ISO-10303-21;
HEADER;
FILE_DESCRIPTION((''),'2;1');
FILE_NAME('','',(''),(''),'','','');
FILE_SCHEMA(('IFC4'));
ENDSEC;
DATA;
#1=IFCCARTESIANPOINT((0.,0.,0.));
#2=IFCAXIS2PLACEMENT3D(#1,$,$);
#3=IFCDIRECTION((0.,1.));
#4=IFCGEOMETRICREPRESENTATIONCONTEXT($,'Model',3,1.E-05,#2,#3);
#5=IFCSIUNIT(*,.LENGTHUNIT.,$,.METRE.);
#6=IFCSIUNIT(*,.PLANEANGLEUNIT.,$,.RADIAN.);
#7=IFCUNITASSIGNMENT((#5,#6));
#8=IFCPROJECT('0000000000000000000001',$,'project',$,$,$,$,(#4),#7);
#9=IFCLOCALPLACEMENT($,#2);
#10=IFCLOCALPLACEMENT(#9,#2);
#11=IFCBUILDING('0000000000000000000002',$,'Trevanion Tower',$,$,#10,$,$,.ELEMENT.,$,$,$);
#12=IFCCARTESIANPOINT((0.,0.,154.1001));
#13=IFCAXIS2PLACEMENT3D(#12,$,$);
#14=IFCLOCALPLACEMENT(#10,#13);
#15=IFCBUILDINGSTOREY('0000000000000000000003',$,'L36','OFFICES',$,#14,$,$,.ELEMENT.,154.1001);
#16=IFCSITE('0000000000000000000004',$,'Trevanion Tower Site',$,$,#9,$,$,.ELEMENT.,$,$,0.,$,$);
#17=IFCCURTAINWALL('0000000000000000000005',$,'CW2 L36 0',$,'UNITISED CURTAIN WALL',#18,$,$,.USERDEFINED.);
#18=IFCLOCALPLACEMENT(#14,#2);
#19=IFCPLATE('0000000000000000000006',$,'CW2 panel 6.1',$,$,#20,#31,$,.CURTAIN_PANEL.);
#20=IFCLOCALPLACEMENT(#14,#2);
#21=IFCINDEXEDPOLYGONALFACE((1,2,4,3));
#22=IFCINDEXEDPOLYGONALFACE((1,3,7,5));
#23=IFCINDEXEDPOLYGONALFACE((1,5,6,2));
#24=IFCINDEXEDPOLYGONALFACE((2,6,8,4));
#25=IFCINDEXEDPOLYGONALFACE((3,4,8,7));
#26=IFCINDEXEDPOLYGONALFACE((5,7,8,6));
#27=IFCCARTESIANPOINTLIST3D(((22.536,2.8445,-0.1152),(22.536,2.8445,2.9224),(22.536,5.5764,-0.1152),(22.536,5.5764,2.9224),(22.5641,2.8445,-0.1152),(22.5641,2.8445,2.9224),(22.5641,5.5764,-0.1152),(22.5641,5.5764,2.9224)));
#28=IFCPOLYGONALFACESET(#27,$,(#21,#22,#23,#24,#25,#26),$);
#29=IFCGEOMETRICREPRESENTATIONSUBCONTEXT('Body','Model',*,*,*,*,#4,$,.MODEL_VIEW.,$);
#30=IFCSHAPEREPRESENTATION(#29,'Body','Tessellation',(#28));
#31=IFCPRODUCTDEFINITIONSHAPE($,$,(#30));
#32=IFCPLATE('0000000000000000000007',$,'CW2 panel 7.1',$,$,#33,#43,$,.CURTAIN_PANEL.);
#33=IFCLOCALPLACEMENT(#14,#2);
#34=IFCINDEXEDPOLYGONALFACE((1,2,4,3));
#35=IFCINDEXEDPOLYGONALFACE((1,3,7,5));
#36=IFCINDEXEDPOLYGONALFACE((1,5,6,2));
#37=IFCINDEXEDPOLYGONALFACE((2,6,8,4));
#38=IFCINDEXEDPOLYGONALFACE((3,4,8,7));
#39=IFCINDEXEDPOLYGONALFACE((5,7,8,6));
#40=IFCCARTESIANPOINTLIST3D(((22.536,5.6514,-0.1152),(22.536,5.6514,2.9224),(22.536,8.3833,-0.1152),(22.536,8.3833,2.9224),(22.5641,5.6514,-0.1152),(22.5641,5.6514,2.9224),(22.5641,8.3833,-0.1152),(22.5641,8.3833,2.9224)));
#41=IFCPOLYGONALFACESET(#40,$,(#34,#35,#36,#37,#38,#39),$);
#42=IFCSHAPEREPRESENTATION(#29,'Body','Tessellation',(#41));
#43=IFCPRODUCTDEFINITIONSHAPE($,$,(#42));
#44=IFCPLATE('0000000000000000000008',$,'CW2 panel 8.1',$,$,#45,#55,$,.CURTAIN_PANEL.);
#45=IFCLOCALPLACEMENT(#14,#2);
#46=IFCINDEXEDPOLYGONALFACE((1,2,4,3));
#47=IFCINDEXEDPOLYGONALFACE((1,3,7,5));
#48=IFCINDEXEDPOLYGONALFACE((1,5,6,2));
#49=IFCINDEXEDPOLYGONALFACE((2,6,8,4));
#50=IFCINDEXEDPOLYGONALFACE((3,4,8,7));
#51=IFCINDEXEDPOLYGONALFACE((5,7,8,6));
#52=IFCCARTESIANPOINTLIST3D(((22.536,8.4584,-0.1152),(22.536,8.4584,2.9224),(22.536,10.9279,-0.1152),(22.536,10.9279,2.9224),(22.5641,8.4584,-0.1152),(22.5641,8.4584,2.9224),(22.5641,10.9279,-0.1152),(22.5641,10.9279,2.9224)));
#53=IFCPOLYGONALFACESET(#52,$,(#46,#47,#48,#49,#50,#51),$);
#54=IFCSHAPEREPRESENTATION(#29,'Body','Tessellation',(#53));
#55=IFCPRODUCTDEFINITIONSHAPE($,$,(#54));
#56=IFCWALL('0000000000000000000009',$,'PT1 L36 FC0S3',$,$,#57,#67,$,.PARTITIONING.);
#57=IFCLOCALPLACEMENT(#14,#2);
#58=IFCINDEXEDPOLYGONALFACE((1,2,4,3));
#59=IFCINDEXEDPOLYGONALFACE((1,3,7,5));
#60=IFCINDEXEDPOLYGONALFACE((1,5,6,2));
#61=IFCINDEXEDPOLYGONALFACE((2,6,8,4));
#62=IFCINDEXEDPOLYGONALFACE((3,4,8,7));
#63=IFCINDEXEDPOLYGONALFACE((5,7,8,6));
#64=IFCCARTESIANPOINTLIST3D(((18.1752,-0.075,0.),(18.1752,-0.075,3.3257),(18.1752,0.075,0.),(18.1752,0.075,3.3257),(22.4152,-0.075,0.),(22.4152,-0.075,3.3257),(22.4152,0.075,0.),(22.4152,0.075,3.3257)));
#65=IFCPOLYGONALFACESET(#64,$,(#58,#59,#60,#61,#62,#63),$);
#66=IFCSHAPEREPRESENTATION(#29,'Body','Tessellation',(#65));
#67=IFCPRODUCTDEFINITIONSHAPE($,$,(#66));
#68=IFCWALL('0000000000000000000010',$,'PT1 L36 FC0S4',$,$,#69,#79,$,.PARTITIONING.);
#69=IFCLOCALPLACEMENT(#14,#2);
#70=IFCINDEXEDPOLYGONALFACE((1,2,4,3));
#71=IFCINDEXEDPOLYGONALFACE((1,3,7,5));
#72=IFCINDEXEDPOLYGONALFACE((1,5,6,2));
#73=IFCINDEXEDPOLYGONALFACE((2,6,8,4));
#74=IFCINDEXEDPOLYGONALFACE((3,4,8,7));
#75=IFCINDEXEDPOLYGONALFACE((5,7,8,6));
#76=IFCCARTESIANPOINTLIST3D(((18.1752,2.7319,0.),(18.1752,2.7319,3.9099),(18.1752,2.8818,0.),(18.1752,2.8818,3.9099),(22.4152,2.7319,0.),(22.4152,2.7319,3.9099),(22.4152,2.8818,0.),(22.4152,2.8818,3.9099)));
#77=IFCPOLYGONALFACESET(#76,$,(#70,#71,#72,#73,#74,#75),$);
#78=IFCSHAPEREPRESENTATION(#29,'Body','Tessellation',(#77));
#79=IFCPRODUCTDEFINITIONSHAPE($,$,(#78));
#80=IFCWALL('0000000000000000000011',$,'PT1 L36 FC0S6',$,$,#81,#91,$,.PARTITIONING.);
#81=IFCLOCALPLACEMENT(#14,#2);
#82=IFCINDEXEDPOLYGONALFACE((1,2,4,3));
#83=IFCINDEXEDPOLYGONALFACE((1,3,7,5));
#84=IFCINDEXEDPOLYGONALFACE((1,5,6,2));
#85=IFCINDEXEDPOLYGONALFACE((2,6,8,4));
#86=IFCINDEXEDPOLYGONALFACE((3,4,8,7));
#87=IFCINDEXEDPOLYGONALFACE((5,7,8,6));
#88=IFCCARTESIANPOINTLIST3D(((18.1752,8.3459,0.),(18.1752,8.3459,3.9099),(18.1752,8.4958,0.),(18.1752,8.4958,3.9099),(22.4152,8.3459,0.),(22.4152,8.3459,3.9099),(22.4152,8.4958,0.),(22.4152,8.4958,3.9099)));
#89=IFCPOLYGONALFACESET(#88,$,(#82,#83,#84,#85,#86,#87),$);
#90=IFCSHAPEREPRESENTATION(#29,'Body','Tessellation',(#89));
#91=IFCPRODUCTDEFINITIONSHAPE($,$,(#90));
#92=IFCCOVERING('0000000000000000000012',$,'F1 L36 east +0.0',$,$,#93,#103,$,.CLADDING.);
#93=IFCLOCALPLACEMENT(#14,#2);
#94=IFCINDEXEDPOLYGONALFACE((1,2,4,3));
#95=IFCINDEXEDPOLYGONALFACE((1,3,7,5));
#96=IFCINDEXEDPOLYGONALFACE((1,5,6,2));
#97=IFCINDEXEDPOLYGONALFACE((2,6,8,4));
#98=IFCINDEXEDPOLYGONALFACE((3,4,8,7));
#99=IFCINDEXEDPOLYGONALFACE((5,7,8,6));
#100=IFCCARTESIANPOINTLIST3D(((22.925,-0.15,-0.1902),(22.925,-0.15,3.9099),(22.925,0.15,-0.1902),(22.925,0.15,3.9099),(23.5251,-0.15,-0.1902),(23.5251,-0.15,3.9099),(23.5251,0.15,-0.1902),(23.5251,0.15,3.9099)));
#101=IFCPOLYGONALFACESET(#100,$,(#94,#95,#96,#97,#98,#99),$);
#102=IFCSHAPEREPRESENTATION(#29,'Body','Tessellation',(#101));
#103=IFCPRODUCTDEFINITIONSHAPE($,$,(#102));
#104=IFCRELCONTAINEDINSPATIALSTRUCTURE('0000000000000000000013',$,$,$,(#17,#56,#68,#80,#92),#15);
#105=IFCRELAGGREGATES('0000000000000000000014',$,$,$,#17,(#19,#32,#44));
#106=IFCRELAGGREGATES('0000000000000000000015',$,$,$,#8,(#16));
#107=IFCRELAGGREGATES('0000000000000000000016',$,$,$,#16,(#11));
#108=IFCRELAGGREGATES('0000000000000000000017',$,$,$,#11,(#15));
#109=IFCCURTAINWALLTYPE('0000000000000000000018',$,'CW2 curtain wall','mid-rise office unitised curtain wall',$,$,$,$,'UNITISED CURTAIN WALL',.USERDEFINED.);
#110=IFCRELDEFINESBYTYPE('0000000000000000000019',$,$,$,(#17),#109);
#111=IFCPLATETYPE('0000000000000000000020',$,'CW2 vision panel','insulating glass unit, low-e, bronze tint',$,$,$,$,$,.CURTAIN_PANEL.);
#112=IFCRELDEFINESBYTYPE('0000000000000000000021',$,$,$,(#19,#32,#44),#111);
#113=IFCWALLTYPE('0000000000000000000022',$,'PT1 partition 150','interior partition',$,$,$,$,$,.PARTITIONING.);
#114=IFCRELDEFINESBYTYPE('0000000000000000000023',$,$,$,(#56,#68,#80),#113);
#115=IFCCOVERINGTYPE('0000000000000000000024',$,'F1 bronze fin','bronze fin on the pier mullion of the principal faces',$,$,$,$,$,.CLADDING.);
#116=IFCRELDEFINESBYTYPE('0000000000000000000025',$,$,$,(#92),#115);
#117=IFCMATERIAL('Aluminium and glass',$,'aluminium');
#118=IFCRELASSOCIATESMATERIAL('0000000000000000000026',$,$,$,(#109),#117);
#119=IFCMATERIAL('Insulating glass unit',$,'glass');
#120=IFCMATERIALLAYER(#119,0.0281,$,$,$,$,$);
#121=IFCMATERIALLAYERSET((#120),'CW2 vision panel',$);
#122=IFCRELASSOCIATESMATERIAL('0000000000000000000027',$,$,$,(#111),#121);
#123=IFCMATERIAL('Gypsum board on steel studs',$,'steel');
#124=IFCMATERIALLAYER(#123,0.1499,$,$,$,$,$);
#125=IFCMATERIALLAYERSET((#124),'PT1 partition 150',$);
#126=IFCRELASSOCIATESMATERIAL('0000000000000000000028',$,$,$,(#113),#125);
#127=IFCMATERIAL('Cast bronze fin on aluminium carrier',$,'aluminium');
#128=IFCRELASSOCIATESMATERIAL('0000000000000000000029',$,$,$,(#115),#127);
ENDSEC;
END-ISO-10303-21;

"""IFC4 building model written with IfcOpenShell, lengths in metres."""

from ifc_helpers import new_model, si_unit, direction, frame, frame_2d, origin, origin_2d, place, context, subcontext, project, spatial, rectangle, extrude, material, layer, layer_set, type_object, element, aggregate, save


model = new_model("IFC4")

# Units and contexts
model_context = context("Model", 3, precision=1e-05, world=origin(), true_north=direction((0.0, 1.0)))
body_context = subcontext(model_context, "Body", "Model", "MODEL_VIEW")
ifc_project = project(units=[si_unit("LENGTHUNIT", "METRE"), si_unit("PLANEANGLEUNIT", "RADIAN")], contexts=[model_context])

# Site, building, storey
site_placement = place(None, origin())
site = spatial("IfcSite", under=ifc_project, at=site_placement, Name="Trevanion Tower Site", CompositionType="ELEMENT", RefElevation=0.0)
building_placement = place(site_placement, origin())
building = spatial("IfcBuilding", under=site, at=building_placement, Name="Trevanion Tower", CompositionType="ELEMENT")
storey_placement = place(building_placement, frame((0.0, 0.0, 154.1001)))
storey = spatial("IfcBuildingStorey", under=building, at=storey_placement, Name="L36", Description="OFFICES", CompositionType="ELEMENT", Elevation=154.1001)

# Curtain wall
ifc_material_1 = material(Name="Aluminium and glass", Category="aluminium")
curtain_wall_type = type_object("IfcCurtainWallType", Name="CW2 curtain wall", Description="mid-rise office unitised curtain wall", ElementType="UNITISED CURTAIN WALL", PredefinedType="USERDEFINED", material=ifc_material_1)
curtain_wall_placement = place(storey_placement, origin())
curtain_wall = element("IfcCurtainWall", 1, at=curtain_wall_placement, inside=storey, type_object=curtain_wall_type, Name="CW2 L36 0", ObjectType="UNITISED CURTAIN WALL", PredefinedType="USERDEFINED")

# Plates
ifc_material_2 = material(Name="Insulating glass unit", Category="glass")
ifc_layer_1 = layer(ifc_material_2, 0.0281)
ifc_layer_set_1 = layer_set([ifc_layer_1], Name="CW2 vision panel")
plate_type_1 = type_object("IfcPlateType", Name="CW2 vision panel", Description="insulating glass unit, low-e, bronze tint", PredefinedType="CURTAIN_PANEL", material=ifc_layer_set_1)
plate_1_placement = place(storey_placement, frame((22.55, 4.2104, -0.1152), z_axis=(0.0, 0.0, 1.0), x_axis=(0.0, 1.0, 0.0)))
plate_1 = element("IfcPlate", 2, at=plate_1_placement, type_object=plate_type_1, Name="CW2 panel 6.1", PredefinedType="CURTAIN_PANEL", context=body_context, shape_type="SweptSolid", body=[
    extrude(rectangle(XDim=2.7319, YDim=0.0281, at=origin_2d()), origin(), (0.0, 0.0, 1.0), 3.0376),
])
plate_2_placement = place(storey_placement, frame((22.55, 7.0173, -0.1152), z_axis=(0.0, 0.0, 1.0), x_axis=(0.0, 1.0, 0.0)))
plate_2 = element("IfcPlate", 3, at=plate_2_placement, type_object=plate_type_1, Name="CW2 panel 7.1", PredefinedType="CURTAIN_PANEL", context=body_context, shape_type="SweptSolid", body=[
    extrude(rectangle(XDim=2.7319, YDim=0.0281, at=origin_2d()), origin(), (0.0, 0.0, 1.0), 3.0376),
])
plate_3_placement = place(storey_placement, frame((22.55, 9.6931, -0.1152), z_axis=(0.0, 0.0, 1.0), x_axis=(0.0, 1.0, 0.0)))
plate_3 = element("IfcPlate", 4, at=plate_3_placement, type_object=plate_type_1, Name="CW2 panel 8.1", PredefinedType="CURTAIN_PANEL", context=body_context, shape_type="SweptSolid", body=[
    extrude(rectangle(XDim=2.4695, YDim=0.0281, at=origin_2d()), origin(), (0.0, 0.0, 1.0), 3.0376),
])
aggregate(curtain_wall, [plate_1, plate_2, plate_3])

# Walls
ifc_material_3 = material(Name="Gypsum board on steel studs", Category="steel")
ifc_layer_2 = layer(ifc_material_3, 0.1499)
ifc_layer_set_2 = layer_set([ifc_layer_2], Name="PT1 partition 150")
wall_type = type_object("IfcWallType", Name="PT1 partition 150", Description="interior partition", PredefinedType="PARTITIONING", material=ifc_layer_set_2)
wall_placement = place(storey_placement, frame((18.175, 0.0, 0.0), z_axis=(0.0, 0.0, 1.0), x_axis=(1.0, 0.0, 0.0)))
element("IfcWall", 5, at=wall_placement, inside=storey, type_object=wall_type, Name="PT1 L36 FC0S3", PredefinedType="PARTITIONING", context=body_context, shape_type="SweptSolid", body=[
    extrude(rectangle(XDim=4.24, YDim=0.1499, at=frame_2d((2.1201, 0.0))), origin(), (0.0, 0.0, 1.0), 3.3257),
])
for number, where, z_axis, x_axis, name in (
    (6, (18.175, 2.8069, 0.0), (0.0, 0.0, 1.0), (1.0, 0.0, 0.0), "PT1 L36 FC0S4"),
    (7, (18.175, 8.4209, 0.0), (0.0, 0.0, 1.0), (1.0, 0.0, 0.0), "PT1 L36 FC0S6"),
):
    element("IfcWall", number, at=place(storey_placement, frame(where, z_axis=z_axis, x_axis=x_axis)), inside=storey, type_object=wall_type, Name=name, PredefinedType="PARTITIONING", context=body_context, shape_type="SweptSolid", body=[
        extrude(rectangle(XDim=4.24, YDim=0.1499, at=frame_2d((2.1201, 0.0))), origin(), (0.0, 0.0, 1.0), 3.9099),
    ])

# Covering
ifc_material_4 = material(Name="Cast bronze fin on aluminium carrier", Category="aluminium")
covering_type = type_object("IfcCoveringType", Name="F1 bronze fin", Description="bronze fin on the pier mullion of the principal faces", PredefinedType="CLADDING", material=ifc_material_4)
covering_placement = place(storey_placement, frame((23.2251, 0.0, -0.1902), z_axis=(0.0, 0.0, 1.0), x_axis=(0.0, 1.0, 0.0)))
element("IfcCovering", 8, at=covering_placement, inside=storey, type_object=covering_type, Name="F1 L36 east +0.0", PredefinedType="CLADDING", context=body_context, shape_type="SweptSolid", body=[
    extrude(rectangle(XDim=0.3, YDim=0.6001, at=origin_2d()), origin(), (0.0, 0.0, 1.0), 4.1001),
])

save(model, "model.ifc")
